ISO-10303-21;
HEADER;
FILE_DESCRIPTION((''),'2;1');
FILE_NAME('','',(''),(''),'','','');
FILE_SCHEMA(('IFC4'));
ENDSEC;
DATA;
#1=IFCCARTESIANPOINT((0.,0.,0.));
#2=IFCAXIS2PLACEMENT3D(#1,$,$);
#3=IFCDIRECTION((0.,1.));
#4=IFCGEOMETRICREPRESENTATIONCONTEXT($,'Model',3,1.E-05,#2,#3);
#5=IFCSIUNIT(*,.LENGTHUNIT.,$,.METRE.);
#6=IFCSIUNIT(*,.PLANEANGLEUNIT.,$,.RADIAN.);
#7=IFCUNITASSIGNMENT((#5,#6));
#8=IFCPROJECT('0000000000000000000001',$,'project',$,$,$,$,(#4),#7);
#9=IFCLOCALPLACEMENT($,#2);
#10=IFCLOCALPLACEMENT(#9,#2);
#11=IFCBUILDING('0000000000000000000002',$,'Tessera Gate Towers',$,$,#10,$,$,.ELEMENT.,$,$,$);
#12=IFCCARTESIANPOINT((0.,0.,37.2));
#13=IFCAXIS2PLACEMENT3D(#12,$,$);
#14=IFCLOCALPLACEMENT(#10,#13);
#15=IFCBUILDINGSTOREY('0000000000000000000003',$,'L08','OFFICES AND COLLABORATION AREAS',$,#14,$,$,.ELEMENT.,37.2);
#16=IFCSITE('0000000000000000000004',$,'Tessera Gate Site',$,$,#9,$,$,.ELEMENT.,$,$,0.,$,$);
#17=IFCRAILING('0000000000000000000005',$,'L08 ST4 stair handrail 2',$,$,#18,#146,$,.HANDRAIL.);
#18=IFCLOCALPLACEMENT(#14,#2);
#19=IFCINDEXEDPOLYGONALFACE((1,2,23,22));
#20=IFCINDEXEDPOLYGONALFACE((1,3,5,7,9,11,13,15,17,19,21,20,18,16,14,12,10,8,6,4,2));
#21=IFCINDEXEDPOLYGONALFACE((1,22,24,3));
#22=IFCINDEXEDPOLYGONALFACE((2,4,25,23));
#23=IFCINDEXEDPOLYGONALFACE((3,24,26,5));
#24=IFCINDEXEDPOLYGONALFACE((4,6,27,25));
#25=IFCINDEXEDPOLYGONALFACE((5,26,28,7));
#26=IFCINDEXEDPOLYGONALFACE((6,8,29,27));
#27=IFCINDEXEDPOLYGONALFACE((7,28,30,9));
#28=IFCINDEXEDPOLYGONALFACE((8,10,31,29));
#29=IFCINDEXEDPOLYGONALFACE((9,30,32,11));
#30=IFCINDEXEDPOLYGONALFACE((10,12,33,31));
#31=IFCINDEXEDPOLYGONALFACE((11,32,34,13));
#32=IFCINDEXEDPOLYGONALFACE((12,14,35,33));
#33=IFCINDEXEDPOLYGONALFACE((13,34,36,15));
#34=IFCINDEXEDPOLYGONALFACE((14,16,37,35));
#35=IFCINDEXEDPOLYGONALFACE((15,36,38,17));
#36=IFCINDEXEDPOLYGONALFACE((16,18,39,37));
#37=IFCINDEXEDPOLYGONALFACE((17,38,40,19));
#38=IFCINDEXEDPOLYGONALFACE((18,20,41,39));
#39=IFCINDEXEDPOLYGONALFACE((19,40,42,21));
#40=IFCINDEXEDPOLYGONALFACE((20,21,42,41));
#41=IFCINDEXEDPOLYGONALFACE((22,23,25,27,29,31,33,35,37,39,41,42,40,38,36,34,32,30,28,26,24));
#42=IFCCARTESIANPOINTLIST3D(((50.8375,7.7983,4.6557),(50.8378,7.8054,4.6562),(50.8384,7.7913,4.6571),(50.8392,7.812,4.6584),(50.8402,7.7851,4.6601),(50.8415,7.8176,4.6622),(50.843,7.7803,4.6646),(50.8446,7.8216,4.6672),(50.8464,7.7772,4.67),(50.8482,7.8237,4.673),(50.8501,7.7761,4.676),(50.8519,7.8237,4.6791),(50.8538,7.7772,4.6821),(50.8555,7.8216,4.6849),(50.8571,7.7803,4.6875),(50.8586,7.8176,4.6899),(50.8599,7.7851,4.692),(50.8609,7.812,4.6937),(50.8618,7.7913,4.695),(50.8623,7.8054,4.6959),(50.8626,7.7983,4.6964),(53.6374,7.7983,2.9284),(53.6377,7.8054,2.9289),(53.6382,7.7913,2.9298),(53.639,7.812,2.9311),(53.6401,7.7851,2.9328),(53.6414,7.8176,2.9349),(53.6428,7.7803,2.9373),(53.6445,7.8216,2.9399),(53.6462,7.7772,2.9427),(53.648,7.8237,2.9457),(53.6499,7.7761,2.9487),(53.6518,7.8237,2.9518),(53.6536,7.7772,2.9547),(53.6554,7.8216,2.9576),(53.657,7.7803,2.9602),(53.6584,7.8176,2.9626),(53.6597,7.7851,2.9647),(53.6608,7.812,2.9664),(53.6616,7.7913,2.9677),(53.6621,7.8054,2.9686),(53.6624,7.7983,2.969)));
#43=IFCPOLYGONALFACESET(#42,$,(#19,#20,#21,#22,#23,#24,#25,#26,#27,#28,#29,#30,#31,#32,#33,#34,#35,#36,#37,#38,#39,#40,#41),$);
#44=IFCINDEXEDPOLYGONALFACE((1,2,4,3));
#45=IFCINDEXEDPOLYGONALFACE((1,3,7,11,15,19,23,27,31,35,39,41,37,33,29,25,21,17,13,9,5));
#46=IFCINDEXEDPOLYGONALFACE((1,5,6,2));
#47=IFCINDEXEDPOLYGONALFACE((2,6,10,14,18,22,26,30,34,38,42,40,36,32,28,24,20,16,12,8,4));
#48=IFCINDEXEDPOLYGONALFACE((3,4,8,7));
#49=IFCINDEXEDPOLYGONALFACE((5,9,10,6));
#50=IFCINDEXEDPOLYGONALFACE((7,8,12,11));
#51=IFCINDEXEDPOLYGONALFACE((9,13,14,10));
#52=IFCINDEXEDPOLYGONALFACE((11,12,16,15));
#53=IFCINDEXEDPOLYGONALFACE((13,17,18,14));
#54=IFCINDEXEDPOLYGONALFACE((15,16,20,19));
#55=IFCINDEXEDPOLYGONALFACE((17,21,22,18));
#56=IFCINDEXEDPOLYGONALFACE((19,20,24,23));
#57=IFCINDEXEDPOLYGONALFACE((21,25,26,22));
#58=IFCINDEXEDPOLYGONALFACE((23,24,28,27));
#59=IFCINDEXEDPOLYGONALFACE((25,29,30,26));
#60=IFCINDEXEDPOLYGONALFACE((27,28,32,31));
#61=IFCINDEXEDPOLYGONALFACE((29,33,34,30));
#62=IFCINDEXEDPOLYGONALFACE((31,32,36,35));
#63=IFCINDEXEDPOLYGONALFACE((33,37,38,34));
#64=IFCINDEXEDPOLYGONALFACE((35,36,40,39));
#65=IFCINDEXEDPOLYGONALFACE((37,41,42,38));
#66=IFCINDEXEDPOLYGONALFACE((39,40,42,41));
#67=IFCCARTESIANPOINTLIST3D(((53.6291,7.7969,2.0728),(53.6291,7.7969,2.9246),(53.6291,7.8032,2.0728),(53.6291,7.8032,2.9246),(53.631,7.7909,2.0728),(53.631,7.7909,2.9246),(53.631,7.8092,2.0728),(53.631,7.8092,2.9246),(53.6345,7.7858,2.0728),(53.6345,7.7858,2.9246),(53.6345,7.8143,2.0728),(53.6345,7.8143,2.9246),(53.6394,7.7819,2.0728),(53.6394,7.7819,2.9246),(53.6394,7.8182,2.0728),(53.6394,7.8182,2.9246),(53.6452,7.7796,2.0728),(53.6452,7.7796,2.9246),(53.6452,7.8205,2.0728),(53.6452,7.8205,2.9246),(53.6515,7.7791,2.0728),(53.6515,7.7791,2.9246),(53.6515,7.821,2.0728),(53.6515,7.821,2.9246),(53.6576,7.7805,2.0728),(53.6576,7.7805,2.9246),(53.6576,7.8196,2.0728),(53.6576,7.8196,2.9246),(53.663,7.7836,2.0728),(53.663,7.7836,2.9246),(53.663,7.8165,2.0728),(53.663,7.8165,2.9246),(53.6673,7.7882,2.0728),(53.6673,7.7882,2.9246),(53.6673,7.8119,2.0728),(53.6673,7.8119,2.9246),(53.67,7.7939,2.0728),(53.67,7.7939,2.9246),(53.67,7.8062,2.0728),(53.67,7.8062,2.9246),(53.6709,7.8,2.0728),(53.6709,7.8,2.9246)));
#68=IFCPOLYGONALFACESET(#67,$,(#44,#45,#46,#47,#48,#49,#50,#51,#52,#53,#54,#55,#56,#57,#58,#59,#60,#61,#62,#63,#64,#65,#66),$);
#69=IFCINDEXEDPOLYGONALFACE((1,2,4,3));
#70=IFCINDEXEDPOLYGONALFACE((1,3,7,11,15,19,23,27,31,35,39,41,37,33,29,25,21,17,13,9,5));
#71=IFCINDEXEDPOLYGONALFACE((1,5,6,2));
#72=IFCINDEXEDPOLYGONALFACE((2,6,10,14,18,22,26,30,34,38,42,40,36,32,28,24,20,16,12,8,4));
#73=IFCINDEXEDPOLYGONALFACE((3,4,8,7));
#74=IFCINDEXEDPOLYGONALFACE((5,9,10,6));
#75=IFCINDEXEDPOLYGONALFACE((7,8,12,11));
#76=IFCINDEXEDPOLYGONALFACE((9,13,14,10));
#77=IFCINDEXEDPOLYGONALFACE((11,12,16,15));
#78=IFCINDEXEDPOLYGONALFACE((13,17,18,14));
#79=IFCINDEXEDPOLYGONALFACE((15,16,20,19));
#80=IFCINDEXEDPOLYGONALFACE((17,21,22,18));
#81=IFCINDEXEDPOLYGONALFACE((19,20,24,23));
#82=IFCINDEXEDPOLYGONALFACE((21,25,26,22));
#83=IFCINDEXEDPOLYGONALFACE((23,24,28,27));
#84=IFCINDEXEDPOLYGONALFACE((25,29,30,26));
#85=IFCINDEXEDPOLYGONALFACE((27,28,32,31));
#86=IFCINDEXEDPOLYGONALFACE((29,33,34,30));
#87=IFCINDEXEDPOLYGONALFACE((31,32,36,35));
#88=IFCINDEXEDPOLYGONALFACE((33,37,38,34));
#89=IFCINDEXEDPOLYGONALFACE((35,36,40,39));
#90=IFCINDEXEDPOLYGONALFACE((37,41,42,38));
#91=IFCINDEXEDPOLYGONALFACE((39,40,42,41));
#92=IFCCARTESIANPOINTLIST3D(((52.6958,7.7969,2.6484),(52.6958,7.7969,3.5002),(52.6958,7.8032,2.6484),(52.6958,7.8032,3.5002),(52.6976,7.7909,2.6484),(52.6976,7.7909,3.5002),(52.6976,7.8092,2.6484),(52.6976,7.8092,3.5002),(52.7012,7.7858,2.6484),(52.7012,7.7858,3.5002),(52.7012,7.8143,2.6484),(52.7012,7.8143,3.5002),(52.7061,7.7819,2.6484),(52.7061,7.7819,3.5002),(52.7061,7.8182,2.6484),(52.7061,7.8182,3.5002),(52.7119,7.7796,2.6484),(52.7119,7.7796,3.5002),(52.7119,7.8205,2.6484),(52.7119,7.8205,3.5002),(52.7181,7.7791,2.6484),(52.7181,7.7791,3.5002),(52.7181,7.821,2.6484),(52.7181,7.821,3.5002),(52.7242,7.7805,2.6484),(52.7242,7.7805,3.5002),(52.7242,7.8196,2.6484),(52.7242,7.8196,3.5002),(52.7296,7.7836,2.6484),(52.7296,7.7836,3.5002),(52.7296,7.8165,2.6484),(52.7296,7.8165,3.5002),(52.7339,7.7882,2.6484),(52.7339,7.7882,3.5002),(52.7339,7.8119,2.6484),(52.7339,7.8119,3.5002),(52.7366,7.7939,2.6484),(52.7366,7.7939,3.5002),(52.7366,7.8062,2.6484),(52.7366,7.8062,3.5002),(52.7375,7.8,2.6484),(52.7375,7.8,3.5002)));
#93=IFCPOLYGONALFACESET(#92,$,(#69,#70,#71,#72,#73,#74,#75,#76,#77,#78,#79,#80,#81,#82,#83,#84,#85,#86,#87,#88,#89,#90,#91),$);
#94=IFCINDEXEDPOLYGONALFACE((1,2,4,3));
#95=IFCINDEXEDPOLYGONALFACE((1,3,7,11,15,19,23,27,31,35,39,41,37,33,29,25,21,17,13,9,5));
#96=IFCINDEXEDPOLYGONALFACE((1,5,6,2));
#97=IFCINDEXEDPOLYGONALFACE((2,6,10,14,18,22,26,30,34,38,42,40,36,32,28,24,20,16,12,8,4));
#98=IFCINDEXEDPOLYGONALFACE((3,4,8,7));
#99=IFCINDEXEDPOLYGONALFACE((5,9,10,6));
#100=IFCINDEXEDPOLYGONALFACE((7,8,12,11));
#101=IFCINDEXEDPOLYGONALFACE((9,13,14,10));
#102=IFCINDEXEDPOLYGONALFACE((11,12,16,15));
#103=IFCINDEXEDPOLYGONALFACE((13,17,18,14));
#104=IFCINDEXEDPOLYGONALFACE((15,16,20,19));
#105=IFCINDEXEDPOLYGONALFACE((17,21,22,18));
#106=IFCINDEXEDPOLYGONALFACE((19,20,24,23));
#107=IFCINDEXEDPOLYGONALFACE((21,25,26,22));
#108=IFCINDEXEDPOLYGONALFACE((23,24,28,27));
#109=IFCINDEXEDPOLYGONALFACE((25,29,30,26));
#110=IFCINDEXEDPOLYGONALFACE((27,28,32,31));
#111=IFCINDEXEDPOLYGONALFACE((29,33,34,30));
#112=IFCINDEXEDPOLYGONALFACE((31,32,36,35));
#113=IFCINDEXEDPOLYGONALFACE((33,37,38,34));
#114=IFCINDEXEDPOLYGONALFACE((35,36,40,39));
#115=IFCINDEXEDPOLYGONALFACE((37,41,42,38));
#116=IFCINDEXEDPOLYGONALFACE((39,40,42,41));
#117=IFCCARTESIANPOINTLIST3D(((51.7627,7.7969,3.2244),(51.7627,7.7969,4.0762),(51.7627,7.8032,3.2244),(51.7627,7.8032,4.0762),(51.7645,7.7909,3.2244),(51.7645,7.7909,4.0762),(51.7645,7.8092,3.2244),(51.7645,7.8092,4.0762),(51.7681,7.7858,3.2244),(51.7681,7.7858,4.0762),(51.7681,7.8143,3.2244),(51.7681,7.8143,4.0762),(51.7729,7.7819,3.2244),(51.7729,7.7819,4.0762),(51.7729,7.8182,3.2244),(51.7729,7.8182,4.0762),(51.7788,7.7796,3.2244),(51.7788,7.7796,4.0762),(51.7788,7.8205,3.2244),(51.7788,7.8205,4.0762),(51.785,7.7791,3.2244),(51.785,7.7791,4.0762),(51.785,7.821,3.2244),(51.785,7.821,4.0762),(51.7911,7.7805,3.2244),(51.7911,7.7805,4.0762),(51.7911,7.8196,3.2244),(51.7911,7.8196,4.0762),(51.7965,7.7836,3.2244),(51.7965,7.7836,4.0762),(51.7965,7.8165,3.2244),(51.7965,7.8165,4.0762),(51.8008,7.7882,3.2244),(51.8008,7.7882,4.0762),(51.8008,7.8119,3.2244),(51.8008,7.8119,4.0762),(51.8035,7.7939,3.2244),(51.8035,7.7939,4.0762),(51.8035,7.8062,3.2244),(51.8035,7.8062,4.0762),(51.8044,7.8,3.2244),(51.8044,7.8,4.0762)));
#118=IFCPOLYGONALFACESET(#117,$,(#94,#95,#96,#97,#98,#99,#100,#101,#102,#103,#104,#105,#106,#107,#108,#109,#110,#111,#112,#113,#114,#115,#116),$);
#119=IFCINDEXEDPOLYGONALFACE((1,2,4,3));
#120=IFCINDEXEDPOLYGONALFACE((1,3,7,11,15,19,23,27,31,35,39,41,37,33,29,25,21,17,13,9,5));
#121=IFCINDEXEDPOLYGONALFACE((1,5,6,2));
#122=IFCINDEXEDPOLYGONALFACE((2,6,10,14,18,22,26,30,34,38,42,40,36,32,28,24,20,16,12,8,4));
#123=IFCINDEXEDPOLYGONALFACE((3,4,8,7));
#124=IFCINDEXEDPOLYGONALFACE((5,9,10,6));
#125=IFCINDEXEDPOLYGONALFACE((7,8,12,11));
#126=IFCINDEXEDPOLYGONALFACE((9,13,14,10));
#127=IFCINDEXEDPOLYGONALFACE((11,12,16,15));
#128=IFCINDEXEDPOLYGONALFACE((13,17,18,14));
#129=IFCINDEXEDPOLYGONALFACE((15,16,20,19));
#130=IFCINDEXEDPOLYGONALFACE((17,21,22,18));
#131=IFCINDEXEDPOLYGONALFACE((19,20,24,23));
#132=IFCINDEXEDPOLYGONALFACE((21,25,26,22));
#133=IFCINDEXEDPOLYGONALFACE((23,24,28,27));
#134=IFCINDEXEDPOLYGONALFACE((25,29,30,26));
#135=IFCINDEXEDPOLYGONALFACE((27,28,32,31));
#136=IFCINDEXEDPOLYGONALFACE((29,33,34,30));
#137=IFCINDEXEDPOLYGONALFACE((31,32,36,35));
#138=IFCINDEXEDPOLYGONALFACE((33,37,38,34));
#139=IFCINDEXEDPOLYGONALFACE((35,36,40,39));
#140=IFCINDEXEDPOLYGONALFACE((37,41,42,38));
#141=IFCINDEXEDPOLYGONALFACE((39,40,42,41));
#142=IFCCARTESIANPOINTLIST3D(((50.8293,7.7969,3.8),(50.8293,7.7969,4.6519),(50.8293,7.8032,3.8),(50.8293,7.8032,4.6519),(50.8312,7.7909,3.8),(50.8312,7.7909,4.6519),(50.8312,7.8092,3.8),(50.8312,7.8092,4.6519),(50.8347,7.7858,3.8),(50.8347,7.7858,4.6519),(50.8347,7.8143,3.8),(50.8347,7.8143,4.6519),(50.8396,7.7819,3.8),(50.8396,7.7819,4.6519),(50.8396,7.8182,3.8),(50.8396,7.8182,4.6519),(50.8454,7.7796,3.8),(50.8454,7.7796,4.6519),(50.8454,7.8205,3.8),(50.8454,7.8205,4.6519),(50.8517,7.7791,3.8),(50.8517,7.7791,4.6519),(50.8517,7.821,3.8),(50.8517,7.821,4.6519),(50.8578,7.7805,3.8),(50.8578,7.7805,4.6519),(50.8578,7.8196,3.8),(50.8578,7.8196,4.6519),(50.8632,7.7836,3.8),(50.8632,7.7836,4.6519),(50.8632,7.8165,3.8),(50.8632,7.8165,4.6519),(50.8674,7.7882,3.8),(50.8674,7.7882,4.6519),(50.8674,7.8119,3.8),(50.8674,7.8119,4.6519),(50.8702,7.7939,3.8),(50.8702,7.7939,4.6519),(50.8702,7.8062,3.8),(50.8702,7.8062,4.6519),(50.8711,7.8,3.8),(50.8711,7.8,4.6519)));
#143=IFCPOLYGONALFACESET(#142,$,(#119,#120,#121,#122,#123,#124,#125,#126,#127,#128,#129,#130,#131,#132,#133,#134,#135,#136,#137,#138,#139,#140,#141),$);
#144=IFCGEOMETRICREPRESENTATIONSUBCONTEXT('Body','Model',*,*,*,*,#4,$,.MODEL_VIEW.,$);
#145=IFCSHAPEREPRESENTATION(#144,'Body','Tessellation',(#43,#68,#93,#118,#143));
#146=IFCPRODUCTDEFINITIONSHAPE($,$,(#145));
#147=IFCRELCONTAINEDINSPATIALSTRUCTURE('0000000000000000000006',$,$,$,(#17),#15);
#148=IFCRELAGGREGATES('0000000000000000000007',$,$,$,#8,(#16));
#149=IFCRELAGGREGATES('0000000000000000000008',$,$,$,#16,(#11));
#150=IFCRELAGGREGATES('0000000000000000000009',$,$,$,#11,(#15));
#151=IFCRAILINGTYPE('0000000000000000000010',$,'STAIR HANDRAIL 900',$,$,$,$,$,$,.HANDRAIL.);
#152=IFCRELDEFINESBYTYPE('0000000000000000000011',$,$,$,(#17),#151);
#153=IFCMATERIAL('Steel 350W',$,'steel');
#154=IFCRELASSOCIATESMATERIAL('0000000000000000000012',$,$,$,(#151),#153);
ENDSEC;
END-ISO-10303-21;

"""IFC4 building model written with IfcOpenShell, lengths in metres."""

from ifc_helpers import new_model, si_unit, direction, frame, origin, origin_2d, place, context, subcontext, project, spatial, circle, extrude, material, type_object, element, save


model = new_model("IFC4")

# Units and contexts
model_context = context("Model", 3, precision=1e-05, world=origin(), true_north=direction((0.0, 1.0)))
body_context = subcontext(model_context, "Body", "Model", "MODEL_VIEW")
ifc_project = project(units=[si_unit("LENGTHUNIT", "METRE"), si_unit("PLANEANGLEUNIT", "RADIAN")], contexts=[model_context])

# Site, building, storey
site_placement = place(None, origin())
site = spatial("IfcSite", under=ifc_project, at=site_placement, Name="Tessera Gate Site", CompositionType="ELEMENT", RefElevation=0.0)
building_placement = place(site_placement, origin())
building = spatial("IfcBuilding", under=site, at=building_placement, Name="Tessera Gate Towers", CompositionType="ELEMENT")
storey_placement = place(building_placement, frame((0.0, 0.0, 37.2)))
storey = spatial("IfcBuildingStorey", under=building, at=storey_placement, Name="L08", Description="OFFICES AND COLLABORATION AREAS", CompositionType="ELEMENT", Elevation=37.2)

# Railing
ifc_material_1 = material(Name="Steel 350W", Category="steel")
railing_type_1 = type_object("IfcRailingType", Name="STAIR HANDRAIL 900", PredefinedType="HANDRAIL", material=ifc_material_1)
railing_1_placement = place(storey_placement, frame((53.6499, 7.8, 2.0728)))
element("IfcRailing", 1, at=railing_1_placement, inside=storey, type_object=railing_type_1, Name="L08 ST4 stair handrail 2", PredefinedType="HANDRAIL", context=body_context, shape_type="SweptSolid", body=[
    extrude(circle(Radius=0.0239, at=origin_2d()), frame((0.0, 0.0, 0.876), z_axis=(-0.851069, 0.0, 0.525054), x_axis=(0.0, -1.0, 0.0)), (0.0, 0.0, 1.0), 3.2898),
    extrude(circle(Radius=0.021, at=origin_2d()), origin(), (0.0, 0.0, 1.0), 0.8518),
    extrude(circle(Radius=0.021, at=origin_2d()), frame((-0.9333, 0.0, 0.5757)), (0.0, 0.0, 1.0), 0.8518),
    extrude(circle(Radius=0.021, at=origin_2d()), frame((-1.8665, 0.0, 1.1516)), (0.0, 0.0, 1.0), 0.8518),
    extrude(circle(Radius=0.021, at=origin_2d()), frame((-2.7998, 0.0, 1.7273)), (0.0, 0.0, 1.0), 0.8518),
])

save(model, "model.ifc")
